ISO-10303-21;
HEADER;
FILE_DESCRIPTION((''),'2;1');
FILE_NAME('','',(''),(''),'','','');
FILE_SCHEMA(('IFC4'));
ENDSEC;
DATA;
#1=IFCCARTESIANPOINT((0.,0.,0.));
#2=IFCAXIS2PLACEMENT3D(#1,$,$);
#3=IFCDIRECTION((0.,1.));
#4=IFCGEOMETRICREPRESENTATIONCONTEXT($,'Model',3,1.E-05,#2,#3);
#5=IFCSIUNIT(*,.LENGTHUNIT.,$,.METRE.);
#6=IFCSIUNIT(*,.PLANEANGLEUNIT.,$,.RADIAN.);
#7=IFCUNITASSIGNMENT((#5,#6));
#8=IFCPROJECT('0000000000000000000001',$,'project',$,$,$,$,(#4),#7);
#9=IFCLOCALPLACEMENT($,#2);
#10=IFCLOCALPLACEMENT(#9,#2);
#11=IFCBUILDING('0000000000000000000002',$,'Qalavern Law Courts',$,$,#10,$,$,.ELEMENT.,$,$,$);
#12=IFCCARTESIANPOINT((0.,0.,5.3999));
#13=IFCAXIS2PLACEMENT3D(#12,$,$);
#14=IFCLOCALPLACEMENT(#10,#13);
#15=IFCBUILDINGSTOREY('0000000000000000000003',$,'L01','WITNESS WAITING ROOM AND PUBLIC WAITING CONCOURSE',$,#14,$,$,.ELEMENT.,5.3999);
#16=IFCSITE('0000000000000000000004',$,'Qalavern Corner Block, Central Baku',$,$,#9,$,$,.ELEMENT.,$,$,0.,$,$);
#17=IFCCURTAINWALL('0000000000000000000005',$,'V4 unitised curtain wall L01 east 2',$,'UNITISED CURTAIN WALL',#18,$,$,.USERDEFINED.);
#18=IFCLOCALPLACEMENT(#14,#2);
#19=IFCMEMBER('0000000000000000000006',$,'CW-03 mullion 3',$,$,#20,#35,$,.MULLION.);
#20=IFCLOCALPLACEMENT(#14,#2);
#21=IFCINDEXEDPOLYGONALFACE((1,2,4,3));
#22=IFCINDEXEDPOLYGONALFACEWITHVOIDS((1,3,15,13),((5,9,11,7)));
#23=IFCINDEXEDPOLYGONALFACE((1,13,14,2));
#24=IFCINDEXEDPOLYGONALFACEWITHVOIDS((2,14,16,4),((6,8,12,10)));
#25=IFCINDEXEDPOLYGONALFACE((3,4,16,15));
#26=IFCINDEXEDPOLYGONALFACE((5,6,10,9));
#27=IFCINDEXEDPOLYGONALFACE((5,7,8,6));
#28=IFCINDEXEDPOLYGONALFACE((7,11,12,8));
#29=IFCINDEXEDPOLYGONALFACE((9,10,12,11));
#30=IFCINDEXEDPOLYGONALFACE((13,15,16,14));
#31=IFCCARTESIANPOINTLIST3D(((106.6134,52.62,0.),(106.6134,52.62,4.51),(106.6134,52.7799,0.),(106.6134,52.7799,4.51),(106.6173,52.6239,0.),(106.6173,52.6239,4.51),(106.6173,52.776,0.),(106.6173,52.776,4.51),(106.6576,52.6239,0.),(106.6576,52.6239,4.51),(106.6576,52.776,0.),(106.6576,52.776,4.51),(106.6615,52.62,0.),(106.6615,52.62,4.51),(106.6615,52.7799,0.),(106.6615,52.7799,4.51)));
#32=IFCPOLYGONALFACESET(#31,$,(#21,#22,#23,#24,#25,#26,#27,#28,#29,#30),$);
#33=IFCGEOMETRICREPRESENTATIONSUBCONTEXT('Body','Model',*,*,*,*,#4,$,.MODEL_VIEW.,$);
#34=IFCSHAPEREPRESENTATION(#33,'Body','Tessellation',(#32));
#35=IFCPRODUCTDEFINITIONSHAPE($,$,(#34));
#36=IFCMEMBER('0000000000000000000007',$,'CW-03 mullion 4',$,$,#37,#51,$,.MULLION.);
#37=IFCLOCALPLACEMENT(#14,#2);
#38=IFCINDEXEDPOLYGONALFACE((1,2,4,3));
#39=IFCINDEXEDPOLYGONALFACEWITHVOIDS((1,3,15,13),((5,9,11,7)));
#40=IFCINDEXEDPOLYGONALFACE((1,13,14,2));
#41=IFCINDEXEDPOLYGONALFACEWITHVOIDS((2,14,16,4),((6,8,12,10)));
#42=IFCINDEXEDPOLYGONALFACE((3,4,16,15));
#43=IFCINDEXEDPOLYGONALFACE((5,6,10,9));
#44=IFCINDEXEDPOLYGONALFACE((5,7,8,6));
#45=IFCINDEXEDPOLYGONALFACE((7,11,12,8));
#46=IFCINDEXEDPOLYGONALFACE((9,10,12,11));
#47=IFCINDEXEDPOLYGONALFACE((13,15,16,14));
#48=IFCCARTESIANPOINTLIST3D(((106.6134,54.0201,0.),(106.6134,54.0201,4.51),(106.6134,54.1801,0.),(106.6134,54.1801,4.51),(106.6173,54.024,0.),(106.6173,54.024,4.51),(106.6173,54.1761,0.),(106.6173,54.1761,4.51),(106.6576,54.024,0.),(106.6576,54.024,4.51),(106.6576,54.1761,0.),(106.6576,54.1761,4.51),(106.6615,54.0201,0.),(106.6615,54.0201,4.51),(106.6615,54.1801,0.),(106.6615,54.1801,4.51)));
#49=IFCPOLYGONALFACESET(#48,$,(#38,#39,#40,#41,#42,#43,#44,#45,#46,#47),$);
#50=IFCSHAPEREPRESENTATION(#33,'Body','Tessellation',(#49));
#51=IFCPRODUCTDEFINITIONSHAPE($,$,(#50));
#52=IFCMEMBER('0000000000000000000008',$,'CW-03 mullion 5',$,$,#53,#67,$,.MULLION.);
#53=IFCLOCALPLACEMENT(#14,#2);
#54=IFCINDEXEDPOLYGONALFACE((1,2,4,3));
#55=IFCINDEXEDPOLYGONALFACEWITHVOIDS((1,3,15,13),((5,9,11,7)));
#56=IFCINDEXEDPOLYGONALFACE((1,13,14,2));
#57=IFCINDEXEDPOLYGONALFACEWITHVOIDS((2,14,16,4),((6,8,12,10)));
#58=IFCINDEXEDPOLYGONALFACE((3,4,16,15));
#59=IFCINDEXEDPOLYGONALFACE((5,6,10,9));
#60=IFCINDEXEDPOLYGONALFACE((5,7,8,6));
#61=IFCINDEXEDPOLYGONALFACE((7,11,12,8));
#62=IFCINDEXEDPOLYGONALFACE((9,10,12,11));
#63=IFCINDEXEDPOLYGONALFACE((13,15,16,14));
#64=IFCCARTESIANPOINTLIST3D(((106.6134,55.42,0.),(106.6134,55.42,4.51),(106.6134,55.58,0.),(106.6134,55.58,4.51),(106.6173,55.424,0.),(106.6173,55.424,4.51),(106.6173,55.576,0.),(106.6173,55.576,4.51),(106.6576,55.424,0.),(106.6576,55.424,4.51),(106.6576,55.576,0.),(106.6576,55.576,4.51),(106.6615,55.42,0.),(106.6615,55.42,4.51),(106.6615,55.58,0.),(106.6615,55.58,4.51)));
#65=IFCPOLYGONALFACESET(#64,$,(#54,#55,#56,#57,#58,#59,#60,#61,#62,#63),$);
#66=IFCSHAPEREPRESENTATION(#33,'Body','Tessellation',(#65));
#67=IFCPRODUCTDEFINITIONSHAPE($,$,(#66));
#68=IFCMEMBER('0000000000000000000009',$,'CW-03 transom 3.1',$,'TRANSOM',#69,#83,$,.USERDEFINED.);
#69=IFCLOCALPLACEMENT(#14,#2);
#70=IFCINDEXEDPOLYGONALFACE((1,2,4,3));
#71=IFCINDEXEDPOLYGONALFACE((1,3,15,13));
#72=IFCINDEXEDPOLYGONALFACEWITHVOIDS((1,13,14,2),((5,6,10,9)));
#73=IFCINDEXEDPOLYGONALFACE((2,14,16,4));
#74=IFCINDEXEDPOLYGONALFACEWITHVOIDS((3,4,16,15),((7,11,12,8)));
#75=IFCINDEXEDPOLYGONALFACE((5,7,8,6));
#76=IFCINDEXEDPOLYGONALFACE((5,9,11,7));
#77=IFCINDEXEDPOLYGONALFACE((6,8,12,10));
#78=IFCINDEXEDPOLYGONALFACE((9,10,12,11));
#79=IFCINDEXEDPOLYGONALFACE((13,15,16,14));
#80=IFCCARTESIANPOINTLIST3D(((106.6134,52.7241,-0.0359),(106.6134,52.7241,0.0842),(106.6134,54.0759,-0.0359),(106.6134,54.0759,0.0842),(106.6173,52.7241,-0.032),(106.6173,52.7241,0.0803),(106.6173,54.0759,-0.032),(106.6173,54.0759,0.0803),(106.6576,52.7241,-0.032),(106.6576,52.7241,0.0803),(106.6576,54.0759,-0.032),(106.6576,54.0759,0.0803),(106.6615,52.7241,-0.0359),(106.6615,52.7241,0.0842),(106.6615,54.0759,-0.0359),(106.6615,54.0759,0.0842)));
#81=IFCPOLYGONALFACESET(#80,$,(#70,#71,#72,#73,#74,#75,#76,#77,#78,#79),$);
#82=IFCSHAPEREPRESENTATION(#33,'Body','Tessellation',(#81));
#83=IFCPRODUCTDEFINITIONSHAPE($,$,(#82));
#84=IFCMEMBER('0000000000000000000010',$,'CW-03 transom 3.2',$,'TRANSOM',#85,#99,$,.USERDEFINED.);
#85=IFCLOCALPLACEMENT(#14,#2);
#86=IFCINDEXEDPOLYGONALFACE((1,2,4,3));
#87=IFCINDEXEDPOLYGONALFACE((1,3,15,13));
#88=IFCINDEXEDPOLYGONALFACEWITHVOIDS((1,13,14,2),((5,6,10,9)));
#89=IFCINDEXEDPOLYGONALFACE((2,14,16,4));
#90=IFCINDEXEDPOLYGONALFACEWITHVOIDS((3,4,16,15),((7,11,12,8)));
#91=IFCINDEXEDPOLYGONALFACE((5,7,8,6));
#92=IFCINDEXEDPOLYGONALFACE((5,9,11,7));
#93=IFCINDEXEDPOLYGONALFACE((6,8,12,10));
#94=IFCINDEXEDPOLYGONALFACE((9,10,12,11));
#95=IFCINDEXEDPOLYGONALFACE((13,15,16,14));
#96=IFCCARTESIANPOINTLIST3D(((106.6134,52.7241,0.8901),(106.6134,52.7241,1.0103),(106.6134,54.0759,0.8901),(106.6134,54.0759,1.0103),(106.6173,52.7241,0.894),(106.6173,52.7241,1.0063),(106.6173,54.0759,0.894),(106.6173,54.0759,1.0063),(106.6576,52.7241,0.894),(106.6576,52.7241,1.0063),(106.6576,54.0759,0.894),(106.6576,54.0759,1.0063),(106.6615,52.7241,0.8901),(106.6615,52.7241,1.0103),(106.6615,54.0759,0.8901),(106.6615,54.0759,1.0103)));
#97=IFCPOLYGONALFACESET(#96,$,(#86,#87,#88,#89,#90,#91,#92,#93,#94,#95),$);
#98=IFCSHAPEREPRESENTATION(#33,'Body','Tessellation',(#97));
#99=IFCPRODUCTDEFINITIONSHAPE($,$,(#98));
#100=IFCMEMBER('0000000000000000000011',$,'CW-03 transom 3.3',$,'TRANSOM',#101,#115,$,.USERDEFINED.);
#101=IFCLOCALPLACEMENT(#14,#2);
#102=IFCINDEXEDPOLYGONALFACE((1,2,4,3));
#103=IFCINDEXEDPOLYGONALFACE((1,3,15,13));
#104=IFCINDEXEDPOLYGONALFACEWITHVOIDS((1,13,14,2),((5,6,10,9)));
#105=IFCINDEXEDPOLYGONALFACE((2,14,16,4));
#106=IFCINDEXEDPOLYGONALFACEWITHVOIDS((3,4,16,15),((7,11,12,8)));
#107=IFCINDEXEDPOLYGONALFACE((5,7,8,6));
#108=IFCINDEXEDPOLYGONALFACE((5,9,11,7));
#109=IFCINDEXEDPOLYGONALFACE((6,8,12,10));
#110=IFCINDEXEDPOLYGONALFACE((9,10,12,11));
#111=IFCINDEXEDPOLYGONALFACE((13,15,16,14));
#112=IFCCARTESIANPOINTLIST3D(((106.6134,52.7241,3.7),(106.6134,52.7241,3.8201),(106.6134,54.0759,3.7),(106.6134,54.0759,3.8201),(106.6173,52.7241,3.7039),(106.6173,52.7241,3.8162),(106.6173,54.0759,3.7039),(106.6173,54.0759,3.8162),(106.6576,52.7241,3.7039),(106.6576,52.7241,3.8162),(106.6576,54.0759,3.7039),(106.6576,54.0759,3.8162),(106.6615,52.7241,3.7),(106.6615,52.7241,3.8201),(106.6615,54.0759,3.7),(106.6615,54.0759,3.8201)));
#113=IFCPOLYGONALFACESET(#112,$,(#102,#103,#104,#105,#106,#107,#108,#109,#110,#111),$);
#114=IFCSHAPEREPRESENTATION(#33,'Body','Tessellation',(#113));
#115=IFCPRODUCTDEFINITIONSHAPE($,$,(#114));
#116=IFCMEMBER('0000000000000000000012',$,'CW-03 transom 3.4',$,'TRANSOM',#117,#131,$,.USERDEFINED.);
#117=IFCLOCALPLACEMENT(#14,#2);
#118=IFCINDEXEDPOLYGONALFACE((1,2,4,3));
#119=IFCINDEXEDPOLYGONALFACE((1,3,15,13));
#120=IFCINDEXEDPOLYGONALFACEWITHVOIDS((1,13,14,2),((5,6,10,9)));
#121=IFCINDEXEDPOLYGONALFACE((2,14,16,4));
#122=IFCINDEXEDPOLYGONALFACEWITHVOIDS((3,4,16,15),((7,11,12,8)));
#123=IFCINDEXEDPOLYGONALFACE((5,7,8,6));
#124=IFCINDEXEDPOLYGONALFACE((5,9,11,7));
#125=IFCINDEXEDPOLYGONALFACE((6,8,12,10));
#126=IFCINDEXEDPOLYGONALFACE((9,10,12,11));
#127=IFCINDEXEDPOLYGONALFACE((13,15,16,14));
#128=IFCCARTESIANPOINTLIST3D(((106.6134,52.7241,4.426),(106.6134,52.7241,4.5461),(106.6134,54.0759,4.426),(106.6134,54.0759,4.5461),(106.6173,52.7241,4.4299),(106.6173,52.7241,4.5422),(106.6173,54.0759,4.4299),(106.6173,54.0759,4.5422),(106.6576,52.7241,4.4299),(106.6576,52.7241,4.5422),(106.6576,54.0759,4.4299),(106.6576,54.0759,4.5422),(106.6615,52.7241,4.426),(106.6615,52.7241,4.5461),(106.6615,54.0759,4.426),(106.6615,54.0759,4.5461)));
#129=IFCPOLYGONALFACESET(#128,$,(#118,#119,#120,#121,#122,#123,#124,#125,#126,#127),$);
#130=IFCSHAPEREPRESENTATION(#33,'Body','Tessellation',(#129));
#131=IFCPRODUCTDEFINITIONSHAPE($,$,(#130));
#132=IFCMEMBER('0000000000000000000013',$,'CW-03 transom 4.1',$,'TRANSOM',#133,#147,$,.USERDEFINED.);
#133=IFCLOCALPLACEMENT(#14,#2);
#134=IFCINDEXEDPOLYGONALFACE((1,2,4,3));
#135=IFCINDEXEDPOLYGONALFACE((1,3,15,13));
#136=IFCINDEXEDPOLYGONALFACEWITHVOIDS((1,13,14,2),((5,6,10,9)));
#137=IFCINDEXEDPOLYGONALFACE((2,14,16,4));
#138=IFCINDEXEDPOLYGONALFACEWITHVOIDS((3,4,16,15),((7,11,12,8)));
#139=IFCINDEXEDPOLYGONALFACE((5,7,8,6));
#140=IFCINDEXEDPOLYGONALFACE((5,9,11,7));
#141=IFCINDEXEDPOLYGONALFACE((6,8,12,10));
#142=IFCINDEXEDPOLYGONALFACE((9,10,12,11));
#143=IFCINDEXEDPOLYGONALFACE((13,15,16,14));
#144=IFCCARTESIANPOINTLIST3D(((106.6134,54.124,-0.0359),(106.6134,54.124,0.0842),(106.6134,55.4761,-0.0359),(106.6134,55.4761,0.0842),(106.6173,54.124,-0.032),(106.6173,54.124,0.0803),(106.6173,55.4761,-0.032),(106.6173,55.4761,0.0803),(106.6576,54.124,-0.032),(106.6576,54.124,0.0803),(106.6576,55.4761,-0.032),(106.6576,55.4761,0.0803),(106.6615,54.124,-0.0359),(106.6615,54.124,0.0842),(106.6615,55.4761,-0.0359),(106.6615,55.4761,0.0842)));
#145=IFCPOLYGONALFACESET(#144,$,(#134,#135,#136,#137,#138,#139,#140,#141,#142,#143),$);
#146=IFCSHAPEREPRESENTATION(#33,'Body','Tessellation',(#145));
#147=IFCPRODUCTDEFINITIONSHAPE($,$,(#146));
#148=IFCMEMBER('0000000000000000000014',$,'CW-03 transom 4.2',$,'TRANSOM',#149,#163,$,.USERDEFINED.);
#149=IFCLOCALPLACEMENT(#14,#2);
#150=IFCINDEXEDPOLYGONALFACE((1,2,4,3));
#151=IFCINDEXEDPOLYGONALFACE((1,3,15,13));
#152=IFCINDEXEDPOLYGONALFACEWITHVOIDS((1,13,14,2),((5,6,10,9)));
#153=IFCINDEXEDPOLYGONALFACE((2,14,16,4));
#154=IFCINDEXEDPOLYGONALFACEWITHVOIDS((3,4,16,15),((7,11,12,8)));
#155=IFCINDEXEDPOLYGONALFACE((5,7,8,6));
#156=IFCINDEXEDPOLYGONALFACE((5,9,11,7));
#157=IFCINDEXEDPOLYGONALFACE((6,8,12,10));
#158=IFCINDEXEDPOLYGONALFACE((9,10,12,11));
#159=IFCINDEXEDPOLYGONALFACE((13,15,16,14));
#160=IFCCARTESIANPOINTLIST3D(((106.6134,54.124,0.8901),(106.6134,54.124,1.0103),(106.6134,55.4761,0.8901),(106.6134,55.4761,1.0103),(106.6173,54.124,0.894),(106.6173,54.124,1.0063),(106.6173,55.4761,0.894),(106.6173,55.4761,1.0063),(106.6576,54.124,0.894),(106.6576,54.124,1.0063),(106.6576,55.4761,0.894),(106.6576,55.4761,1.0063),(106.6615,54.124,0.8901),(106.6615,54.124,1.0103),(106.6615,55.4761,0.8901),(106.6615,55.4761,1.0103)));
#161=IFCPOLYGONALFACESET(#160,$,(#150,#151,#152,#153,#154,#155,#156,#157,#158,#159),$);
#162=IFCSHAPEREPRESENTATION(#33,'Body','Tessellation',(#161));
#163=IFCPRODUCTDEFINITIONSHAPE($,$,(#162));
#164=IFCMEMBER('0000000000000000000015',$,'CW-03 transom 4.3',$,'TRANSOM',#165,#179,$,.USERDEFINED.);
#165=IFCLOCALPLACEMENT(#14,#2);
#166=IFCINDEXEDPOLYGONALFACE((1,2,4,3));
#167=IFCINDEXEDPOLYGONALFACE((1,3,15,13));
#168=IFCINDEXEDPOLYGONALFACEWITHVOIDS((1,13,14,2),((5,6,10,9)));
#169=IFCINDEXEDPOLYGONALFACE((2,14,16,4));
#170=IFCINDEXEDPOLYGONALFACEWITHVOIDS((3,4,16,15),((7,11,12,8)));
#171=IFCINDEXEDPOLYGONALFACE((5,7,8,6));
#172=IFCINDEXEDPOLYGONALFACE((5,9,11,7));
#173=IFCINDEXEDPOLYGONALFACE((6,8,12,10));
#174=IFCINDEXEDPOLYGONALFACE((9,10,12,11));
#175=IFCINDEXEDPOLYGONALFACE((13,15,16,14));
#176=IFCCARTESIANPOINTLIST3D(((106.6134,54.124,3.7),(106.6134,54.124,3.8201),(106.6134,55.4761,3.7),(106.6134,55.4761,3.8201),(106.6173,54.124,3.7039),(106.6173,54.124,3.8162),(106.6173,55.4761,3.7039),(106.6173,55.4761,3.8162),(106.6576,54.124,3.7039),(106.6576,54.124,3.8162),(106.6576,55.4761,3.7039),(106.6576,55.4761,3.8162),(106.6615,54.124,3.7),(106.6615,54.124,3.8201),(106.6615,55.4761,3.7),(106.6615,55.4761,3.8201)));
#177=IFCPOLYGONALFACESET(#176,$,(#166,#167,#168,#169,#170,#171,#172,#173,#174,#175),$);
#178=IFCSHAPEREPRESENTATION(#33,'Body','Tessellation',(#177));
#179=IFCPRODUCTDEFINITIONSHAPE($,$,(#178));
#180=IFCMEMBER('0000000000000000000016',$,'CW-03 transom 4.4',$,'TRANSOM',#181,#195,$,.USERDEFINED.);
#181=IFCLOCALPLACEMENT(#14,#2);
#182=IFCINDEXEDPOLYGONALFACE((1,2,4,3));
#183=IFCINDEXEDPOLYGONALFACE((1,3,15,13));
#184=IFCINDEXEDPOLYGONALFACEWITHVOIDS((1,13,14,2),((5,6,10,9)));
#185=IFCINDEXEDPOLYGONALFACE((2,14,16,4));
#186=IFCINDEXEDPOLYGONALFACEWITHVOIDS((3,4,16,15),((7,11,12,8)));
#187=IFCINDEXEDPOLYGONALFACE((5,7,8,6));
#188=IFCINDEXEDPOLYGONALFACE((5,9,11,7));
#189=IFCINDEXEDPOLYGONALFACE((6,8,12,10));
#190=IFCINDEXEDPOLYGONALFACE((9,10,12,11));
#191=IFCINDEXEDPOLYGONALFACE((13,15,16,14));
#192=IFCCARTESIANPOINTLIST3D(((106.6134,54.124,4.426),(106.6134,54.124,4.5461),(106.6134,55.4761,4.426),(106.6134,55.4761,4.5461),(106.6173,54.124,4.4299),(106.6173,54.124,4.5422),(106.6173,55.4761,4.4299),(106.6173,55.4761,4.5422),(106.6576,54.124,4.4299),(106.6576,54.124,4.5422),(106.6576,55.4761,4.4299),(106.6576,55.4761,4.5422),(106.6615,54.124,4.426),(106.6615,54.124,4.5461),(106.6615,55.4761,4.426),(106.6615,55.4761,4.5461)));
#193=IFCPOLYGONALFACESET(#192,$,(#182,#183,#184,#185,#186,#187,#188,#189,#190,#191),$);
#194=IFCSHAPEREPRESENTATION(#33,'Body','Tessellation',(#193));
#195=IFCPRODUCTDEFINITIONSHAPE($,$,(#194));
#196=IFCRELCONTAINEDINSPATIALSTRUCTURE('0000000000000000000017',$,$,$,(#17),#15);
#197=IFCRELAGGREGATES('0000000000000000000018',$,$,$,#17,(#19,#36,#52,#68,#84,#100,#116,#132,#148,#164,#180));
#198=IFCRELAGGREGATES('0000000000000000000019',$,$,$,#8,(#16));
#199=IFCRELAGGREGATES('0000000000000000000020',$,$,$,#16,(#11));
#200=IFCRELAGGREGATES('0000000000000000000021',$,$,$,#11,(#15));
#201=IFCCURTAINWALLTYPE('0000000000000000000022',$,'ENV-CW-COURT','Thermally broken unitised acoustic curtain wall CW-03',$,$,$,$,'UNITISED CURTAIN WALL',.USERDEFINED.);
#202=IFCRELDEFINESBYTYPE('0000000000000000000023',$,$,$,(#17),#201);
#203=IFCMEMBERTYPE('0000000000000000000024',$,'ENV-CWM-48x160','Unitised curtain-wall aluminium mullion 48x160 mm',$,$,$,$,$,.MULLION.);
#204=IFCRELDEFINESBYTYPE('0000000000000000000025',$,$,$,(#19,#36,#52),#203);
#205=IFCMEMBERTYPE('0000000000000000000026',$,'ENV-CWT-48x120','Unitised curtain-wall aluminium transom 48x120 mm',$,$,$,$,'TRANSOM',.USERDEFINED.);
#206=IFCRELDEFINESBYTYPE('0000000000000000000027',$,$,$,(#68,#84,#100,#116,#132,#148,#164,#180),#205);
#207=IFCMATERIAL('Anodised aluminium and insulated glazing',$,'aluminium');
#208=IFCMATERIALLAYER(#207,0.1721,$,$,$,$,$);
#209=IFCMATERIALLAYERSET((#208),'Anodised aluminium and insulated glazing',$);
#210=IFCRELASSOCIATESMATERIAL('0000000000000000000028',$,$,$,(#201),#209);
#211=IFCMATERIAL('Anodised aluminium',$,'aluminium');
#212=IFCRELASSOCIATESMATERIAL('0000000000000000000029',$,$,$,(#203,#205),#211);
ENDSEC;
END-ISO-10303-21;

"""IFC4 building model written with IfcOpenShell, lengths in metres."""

from ifc_helpers import new_model, si_unit, direction, frame, origin, origin_2d, place, context, subcontext, project, spatial, hollow_rectangle, extrude, material, layer, layer_set, material_profile, profile_set, type_object, element, aggregate, save


model = new_model("IFC4")

# Units and contexts
model_context = context("Model", 3, precision=1e-05, world=origin(), true_north=direction((0.0, 1.0)))
body_context = subcontext(model_context, "Body", "Model", "MODEL_VIEW")
ifc_project = project(units=[si_unit("LENGTHUNIT", "METRE"), si_unit("PLANEANGLEUNIT", "RADIAN")], contexts=[model_context])

# Site, building, storey
site_placement = place(None, origin())
site = spatial("IfcSite", under=ifc_project, at=site_placement, Name="Qalavern Corner Block, Central Baku", CompositionType="ELEMENT", RefElevation=0.0)
building_placement = place(site_placement, origin())
building = spatial("IfcBuilding", under=site, at=building_placement, Name="Qalavern Law Courts", CompositionType="ELEMENT")
storey_placement = place(building_placement, frame((0.0, 0.0, 5.3999)))
storey = spatial("IfcBuildingStorey", under=building, at=storey_placement, Name="L01", Description="WITNESS WAITING ROOM AND PUBLIC WAITING CONCOURSE", CompositionType="ELEMENT", Elevation=5.3999)

# Curtain wall, members
ifc_material_1 = material(Name="Anodised aluminium and insulated glazing", Category="aluminium")
ifc_layer_1 = layer(ifc_material_1, 0.1721)
ifc_layer_set_1 = layer_set([ifc_layer_1], Name="Anodised aluminium and insulated glazing")
curtain_wall_type = type_object("IfcCurtainWallType", Name="ENV-CW-COURT", Description="Thermally broken unitised acoustic curtain wall CW-03", ElementType="UNITISED CURTAIN WALL", PredefinedType="USERDEFINED", material=ifc_layer_set_1)
curtain_wall_placement = place(storey_placement, origin())
curtain_wall = element("IfcCurtainWall", 1, at=curtain_wall_placement, inside=storey, type_object=curtain_wall_type, Name="V4 unitised curtain wall L01 east 2", ObjectType="UNITISED CURTAIN WALL", PredefinedType="USERDEFINED")
ifc_material_2 = material(Name="Anodised aluminium", Category="aluminium")
ifc_material_profile_1 = material_profile(ifc_material_2, hollow_rectangle(XDim=0.0481, YDim=0.1599, WallThickness=0.0039, at=origin_2d()), Name="ALU MULLION 48x160")
ifc_profile_set_1 = profile_set([ifc_material_profile_1], Name="Anodised aluminium")
member_type_1 = type_object("IfcMemberType", Name="ENV-CWM-48x160", Description="Unitised curtain-wall aluminium mullion 48x160 mm", PredefinedType="MULLION", material=ifc_profile_set_1)
member_1_placement = place(storey_placement, frame((106.6375, 52.7, 0.0), z_axis=(0.0, 0.0, 1.0), x_axis=(-1.0, 0.0, 0.0)))
member_1 = element("IfcMember", 2, at=member_1_placement, type_object=member_type_1, Name="CW-03 mullion 3", PredefinedType="MULLION", context=body_context, shape_type="SweptSolid", body=[
    extrude(hollow_rectangle(XDim=0.0481, YDim=0.1599, WallThickness=0.0039, at=origin_2d()), origin(), (0.0, 0.0, 1.0), 4.51),
])
member_2_placement = place(storey_placement, frame((106.6375, 54.1001, 0.0), z_axis=(0.0, 0.0, 1.0), x_axis=(-1.0, 0.0, 0.0)))
member_2 = element("IfcMember", 3, at=member_2_placement, type_object=member_type_1, Name="CW-03 mullion 4", PredefinedType="MULLION", context=body_context, shape_type="SweptSolid", body=[
    extrude(hollow_rectangle(XDim=0.0481, YDim=0.1599, WallThickness=0.0039, at=origin_2d()), origin(), (0.0, 0.0, 1.0), 4.51),
])
member_3_placement = place(storey_placement, frame((106.6375, 55.5, 0.0), z_axis=(0.0, 0.0, 1.0), x_axis=(-1.0, 0.0, 0.0)))
member_3 = element("IfcMember", 4, at=member_3_placement, type_object=member_type_1, Name="CW-03 mullion 5", PredefinedType="MULLION", context=body_context, shape_type="SweptSolid", body=[
    extrude(hollow_rectangle(XDim=0.0481, YDim=0.1599, WallThickness=0.0039, at=origin_2d()), origin(), (0.0, 0.0, 1.0), 4.51),
])
ifc_material_profile_2 = material_profile(ifc_material_2, hollow_rectangle(XDim=0.0481, YDim=0.1201, WallThickness=0.0039, at=origin_2d()), Name="ALU TRANSOM 48x120")
ifc_profile_set_2 = profile_set([ifc_material_profile_2], Name="Anodised aluminium")
member_type_2 = type_object("IfcMemberType", Name="ENV-CWT-48x120", Description="Unitised curtain-wall aluminium transom 48x120 mm", ElementType="TRANSOM", PredefinedType="USERDEFINED", material=ifc_profile_set_2)
member_4_placement = place(storey_placement, frame((106.6375, 52.7241, 0.0242), z_axis=(0.0, 1.0, 0.0), x_axis=(-1.0, 0.0, 0.0)))
member_4 = element("IfcMember", 5, at=member_4_placement, type_object=member_type_2, Name="CW-03 transom 3.1", ObjectType="TRANSOM", PredefinedType="USERDEFINED", context=body_context, shape_type="SweptSolid", body=[
    extrude(hollow_rectangle(XDim=0.0481, YDim=0.1201, WallThickness=0.0039, at=origin_2d()), origin(), (0.0, 0.0, 1.0), 1.3518),
])
member_5_placement = place(storey_placement, frame((106.6375, 52.7241, 0.9502), z_axis=(0.0, 1.0, 0.0), x_axis=(-1.0, 0.0, 0.0)))
member_5 = element("IfcMember", 6, at=member_5_placement, type_object=member_type_2, Name="CW-03 transom 3.2", ObjectType="TRANSOM", PredefinedType="USERDEFINED", context=body_context, shape_type="SweptSolid", body=[
    extrude(hollow_rectangle(XDim=0.0481, YDim=0.1201, WallThickness=0.0039, at=origin_2d()), origin(), (0.0, 0.0, 1.0), 1.3518),
])
member_6_placement = place(storey_placement, frame((106.6375, 52.7241, 3.76), z_axis=(0.0, 1.0, 0.0), x_axis=(-1.0, 0.0, 0.0)))
member_6 = element("IfcMember", 7, at=member_6_placement, type_object=member_type_2, Name="CW-03 transom 3.3", ObjectType="TRANSOM", PredefinedType="USERDEFINED", context=body_context, shape_type="SweptSolid", body=[
    extrude(hollow_rectangle(XDim=0.0481, YDim=0.1201, WallThickness=0.0039, at=origin_2d()), origin(), (0.0, 0.0, 1.0), 1.3518),
])
member_7_placement = place(storey_placement, frame((106.6375, 52.7241, 4.4861), z_axis=(0.0, 1.0, 0.0), x_axis=(-1.0, 0.0, 0.0)))
member_7 = element("IfcMember", 8, at=member_7_placement, type_object=member_type_2, Name="CW-03 transom 3.4", ObjectType="TRANSOM", PredefinedType="USERDEFINED", context=body_context, shape_type="SweptSolid", body=[
    extrude(hollow_rectangle(XDim=0.0481, YDim=0.1201, WallThickness=0.0039, at=origin_2d()), origin(), (0.0, 0.0, 1.0), 1.3518),
])
member_8_placement = place(storey_placement, frame((106.6375, 54.124, 0.0242), z_axis=(0.0, 1.0, 0.0), x_axis=(-1.0, 0.0, 0.0)))
member_8 = element("IfcMember", 9, at=member_8_placement, type_object=member_type_2, Name="CW-03 transom 4.1", ObjectType="TRANSOM", PredefinedType="USERDEFINED", context=body_context, shape_type="SweptSolid", body=[
    extrude(hollow_rectangle(XDim=0.0481, YDim=0.1201, WallThickness=0.0039, at=origin_2d()), origin(), (0.0, 0.0, 1.0), 1.3521),
])
member_9_placement = place(storey_placement, frame((106.6375, 54.124, 0.9502), z_axis=(0.0, 1.0, 0.0), x_axis=(-1.0, 0.0, 0.0)))
member_9 = element("IfcMember", 10, at=member_9_placement, type_object=member_type_2, Name="CW-03 transom 4.2", ObjectType="TRANSOM", PredefinedType="USERDEFINED", context=body_context, shape_type="SweptSolid", body=[
    extrude(hollow_rectangle(XDim=0.0481, YDim=0.1201, WallThickness=0.0039, at=origin_2d()), origin(), (0.0, 0.0, 1.0), 1.3521),
])
member_10_placement = place(storey_placement, frame((106.6375, 54.124, 3.76), z_axis=(0.0, 1.0, 0.0), x_axis=(-1.0, 0.0, 0.0)))
member_10 = element("IfcMember", 11, at=member_10_placement, type_object=member_type_2, Name="CW-03 transom 4.3", ObjectType="TRANSOM", PredefinedType="USERDEFINED", context=body_context, shape_type="SweptSolid", body=[
    extrude(hollow_rectangle(XDim=0.0481, YDim=0.1201, WallThickness=0.0039, at=origin_2d()), origin(), (0.0, 0.0, 1.0), 1.3521),
])
member_11_placement = place(storey_placement, frame((106.6375, 54.124, 4.4861), z_axis=(0.0, 1.0, 0.0), x_axis=(-1.0, 0.0, 0.0)))
member_11 = element("IfcMember", 12, at=member_11_placement, type_object=member_type_2, Name="CW-03 transom 4.4", ObjectType="TRANSOM", PredefinedType="USERDEFINED", context=body_context, shape_type="SweptSolid", body=[
    extrude(hollow_rectangle(XDim=0.0481, YDim=0.1201, WallThickness=0.0039, at=origin_2d()), origin(), (0.0, 0.0, 1.0), 1.3521),
])
aggregate(curtain_wall, [member_1, member_2, member_3, member_4, member_5, member_6, member_7, member_8, member_9, member_10, member_11])

save(model, "model.ifc")
